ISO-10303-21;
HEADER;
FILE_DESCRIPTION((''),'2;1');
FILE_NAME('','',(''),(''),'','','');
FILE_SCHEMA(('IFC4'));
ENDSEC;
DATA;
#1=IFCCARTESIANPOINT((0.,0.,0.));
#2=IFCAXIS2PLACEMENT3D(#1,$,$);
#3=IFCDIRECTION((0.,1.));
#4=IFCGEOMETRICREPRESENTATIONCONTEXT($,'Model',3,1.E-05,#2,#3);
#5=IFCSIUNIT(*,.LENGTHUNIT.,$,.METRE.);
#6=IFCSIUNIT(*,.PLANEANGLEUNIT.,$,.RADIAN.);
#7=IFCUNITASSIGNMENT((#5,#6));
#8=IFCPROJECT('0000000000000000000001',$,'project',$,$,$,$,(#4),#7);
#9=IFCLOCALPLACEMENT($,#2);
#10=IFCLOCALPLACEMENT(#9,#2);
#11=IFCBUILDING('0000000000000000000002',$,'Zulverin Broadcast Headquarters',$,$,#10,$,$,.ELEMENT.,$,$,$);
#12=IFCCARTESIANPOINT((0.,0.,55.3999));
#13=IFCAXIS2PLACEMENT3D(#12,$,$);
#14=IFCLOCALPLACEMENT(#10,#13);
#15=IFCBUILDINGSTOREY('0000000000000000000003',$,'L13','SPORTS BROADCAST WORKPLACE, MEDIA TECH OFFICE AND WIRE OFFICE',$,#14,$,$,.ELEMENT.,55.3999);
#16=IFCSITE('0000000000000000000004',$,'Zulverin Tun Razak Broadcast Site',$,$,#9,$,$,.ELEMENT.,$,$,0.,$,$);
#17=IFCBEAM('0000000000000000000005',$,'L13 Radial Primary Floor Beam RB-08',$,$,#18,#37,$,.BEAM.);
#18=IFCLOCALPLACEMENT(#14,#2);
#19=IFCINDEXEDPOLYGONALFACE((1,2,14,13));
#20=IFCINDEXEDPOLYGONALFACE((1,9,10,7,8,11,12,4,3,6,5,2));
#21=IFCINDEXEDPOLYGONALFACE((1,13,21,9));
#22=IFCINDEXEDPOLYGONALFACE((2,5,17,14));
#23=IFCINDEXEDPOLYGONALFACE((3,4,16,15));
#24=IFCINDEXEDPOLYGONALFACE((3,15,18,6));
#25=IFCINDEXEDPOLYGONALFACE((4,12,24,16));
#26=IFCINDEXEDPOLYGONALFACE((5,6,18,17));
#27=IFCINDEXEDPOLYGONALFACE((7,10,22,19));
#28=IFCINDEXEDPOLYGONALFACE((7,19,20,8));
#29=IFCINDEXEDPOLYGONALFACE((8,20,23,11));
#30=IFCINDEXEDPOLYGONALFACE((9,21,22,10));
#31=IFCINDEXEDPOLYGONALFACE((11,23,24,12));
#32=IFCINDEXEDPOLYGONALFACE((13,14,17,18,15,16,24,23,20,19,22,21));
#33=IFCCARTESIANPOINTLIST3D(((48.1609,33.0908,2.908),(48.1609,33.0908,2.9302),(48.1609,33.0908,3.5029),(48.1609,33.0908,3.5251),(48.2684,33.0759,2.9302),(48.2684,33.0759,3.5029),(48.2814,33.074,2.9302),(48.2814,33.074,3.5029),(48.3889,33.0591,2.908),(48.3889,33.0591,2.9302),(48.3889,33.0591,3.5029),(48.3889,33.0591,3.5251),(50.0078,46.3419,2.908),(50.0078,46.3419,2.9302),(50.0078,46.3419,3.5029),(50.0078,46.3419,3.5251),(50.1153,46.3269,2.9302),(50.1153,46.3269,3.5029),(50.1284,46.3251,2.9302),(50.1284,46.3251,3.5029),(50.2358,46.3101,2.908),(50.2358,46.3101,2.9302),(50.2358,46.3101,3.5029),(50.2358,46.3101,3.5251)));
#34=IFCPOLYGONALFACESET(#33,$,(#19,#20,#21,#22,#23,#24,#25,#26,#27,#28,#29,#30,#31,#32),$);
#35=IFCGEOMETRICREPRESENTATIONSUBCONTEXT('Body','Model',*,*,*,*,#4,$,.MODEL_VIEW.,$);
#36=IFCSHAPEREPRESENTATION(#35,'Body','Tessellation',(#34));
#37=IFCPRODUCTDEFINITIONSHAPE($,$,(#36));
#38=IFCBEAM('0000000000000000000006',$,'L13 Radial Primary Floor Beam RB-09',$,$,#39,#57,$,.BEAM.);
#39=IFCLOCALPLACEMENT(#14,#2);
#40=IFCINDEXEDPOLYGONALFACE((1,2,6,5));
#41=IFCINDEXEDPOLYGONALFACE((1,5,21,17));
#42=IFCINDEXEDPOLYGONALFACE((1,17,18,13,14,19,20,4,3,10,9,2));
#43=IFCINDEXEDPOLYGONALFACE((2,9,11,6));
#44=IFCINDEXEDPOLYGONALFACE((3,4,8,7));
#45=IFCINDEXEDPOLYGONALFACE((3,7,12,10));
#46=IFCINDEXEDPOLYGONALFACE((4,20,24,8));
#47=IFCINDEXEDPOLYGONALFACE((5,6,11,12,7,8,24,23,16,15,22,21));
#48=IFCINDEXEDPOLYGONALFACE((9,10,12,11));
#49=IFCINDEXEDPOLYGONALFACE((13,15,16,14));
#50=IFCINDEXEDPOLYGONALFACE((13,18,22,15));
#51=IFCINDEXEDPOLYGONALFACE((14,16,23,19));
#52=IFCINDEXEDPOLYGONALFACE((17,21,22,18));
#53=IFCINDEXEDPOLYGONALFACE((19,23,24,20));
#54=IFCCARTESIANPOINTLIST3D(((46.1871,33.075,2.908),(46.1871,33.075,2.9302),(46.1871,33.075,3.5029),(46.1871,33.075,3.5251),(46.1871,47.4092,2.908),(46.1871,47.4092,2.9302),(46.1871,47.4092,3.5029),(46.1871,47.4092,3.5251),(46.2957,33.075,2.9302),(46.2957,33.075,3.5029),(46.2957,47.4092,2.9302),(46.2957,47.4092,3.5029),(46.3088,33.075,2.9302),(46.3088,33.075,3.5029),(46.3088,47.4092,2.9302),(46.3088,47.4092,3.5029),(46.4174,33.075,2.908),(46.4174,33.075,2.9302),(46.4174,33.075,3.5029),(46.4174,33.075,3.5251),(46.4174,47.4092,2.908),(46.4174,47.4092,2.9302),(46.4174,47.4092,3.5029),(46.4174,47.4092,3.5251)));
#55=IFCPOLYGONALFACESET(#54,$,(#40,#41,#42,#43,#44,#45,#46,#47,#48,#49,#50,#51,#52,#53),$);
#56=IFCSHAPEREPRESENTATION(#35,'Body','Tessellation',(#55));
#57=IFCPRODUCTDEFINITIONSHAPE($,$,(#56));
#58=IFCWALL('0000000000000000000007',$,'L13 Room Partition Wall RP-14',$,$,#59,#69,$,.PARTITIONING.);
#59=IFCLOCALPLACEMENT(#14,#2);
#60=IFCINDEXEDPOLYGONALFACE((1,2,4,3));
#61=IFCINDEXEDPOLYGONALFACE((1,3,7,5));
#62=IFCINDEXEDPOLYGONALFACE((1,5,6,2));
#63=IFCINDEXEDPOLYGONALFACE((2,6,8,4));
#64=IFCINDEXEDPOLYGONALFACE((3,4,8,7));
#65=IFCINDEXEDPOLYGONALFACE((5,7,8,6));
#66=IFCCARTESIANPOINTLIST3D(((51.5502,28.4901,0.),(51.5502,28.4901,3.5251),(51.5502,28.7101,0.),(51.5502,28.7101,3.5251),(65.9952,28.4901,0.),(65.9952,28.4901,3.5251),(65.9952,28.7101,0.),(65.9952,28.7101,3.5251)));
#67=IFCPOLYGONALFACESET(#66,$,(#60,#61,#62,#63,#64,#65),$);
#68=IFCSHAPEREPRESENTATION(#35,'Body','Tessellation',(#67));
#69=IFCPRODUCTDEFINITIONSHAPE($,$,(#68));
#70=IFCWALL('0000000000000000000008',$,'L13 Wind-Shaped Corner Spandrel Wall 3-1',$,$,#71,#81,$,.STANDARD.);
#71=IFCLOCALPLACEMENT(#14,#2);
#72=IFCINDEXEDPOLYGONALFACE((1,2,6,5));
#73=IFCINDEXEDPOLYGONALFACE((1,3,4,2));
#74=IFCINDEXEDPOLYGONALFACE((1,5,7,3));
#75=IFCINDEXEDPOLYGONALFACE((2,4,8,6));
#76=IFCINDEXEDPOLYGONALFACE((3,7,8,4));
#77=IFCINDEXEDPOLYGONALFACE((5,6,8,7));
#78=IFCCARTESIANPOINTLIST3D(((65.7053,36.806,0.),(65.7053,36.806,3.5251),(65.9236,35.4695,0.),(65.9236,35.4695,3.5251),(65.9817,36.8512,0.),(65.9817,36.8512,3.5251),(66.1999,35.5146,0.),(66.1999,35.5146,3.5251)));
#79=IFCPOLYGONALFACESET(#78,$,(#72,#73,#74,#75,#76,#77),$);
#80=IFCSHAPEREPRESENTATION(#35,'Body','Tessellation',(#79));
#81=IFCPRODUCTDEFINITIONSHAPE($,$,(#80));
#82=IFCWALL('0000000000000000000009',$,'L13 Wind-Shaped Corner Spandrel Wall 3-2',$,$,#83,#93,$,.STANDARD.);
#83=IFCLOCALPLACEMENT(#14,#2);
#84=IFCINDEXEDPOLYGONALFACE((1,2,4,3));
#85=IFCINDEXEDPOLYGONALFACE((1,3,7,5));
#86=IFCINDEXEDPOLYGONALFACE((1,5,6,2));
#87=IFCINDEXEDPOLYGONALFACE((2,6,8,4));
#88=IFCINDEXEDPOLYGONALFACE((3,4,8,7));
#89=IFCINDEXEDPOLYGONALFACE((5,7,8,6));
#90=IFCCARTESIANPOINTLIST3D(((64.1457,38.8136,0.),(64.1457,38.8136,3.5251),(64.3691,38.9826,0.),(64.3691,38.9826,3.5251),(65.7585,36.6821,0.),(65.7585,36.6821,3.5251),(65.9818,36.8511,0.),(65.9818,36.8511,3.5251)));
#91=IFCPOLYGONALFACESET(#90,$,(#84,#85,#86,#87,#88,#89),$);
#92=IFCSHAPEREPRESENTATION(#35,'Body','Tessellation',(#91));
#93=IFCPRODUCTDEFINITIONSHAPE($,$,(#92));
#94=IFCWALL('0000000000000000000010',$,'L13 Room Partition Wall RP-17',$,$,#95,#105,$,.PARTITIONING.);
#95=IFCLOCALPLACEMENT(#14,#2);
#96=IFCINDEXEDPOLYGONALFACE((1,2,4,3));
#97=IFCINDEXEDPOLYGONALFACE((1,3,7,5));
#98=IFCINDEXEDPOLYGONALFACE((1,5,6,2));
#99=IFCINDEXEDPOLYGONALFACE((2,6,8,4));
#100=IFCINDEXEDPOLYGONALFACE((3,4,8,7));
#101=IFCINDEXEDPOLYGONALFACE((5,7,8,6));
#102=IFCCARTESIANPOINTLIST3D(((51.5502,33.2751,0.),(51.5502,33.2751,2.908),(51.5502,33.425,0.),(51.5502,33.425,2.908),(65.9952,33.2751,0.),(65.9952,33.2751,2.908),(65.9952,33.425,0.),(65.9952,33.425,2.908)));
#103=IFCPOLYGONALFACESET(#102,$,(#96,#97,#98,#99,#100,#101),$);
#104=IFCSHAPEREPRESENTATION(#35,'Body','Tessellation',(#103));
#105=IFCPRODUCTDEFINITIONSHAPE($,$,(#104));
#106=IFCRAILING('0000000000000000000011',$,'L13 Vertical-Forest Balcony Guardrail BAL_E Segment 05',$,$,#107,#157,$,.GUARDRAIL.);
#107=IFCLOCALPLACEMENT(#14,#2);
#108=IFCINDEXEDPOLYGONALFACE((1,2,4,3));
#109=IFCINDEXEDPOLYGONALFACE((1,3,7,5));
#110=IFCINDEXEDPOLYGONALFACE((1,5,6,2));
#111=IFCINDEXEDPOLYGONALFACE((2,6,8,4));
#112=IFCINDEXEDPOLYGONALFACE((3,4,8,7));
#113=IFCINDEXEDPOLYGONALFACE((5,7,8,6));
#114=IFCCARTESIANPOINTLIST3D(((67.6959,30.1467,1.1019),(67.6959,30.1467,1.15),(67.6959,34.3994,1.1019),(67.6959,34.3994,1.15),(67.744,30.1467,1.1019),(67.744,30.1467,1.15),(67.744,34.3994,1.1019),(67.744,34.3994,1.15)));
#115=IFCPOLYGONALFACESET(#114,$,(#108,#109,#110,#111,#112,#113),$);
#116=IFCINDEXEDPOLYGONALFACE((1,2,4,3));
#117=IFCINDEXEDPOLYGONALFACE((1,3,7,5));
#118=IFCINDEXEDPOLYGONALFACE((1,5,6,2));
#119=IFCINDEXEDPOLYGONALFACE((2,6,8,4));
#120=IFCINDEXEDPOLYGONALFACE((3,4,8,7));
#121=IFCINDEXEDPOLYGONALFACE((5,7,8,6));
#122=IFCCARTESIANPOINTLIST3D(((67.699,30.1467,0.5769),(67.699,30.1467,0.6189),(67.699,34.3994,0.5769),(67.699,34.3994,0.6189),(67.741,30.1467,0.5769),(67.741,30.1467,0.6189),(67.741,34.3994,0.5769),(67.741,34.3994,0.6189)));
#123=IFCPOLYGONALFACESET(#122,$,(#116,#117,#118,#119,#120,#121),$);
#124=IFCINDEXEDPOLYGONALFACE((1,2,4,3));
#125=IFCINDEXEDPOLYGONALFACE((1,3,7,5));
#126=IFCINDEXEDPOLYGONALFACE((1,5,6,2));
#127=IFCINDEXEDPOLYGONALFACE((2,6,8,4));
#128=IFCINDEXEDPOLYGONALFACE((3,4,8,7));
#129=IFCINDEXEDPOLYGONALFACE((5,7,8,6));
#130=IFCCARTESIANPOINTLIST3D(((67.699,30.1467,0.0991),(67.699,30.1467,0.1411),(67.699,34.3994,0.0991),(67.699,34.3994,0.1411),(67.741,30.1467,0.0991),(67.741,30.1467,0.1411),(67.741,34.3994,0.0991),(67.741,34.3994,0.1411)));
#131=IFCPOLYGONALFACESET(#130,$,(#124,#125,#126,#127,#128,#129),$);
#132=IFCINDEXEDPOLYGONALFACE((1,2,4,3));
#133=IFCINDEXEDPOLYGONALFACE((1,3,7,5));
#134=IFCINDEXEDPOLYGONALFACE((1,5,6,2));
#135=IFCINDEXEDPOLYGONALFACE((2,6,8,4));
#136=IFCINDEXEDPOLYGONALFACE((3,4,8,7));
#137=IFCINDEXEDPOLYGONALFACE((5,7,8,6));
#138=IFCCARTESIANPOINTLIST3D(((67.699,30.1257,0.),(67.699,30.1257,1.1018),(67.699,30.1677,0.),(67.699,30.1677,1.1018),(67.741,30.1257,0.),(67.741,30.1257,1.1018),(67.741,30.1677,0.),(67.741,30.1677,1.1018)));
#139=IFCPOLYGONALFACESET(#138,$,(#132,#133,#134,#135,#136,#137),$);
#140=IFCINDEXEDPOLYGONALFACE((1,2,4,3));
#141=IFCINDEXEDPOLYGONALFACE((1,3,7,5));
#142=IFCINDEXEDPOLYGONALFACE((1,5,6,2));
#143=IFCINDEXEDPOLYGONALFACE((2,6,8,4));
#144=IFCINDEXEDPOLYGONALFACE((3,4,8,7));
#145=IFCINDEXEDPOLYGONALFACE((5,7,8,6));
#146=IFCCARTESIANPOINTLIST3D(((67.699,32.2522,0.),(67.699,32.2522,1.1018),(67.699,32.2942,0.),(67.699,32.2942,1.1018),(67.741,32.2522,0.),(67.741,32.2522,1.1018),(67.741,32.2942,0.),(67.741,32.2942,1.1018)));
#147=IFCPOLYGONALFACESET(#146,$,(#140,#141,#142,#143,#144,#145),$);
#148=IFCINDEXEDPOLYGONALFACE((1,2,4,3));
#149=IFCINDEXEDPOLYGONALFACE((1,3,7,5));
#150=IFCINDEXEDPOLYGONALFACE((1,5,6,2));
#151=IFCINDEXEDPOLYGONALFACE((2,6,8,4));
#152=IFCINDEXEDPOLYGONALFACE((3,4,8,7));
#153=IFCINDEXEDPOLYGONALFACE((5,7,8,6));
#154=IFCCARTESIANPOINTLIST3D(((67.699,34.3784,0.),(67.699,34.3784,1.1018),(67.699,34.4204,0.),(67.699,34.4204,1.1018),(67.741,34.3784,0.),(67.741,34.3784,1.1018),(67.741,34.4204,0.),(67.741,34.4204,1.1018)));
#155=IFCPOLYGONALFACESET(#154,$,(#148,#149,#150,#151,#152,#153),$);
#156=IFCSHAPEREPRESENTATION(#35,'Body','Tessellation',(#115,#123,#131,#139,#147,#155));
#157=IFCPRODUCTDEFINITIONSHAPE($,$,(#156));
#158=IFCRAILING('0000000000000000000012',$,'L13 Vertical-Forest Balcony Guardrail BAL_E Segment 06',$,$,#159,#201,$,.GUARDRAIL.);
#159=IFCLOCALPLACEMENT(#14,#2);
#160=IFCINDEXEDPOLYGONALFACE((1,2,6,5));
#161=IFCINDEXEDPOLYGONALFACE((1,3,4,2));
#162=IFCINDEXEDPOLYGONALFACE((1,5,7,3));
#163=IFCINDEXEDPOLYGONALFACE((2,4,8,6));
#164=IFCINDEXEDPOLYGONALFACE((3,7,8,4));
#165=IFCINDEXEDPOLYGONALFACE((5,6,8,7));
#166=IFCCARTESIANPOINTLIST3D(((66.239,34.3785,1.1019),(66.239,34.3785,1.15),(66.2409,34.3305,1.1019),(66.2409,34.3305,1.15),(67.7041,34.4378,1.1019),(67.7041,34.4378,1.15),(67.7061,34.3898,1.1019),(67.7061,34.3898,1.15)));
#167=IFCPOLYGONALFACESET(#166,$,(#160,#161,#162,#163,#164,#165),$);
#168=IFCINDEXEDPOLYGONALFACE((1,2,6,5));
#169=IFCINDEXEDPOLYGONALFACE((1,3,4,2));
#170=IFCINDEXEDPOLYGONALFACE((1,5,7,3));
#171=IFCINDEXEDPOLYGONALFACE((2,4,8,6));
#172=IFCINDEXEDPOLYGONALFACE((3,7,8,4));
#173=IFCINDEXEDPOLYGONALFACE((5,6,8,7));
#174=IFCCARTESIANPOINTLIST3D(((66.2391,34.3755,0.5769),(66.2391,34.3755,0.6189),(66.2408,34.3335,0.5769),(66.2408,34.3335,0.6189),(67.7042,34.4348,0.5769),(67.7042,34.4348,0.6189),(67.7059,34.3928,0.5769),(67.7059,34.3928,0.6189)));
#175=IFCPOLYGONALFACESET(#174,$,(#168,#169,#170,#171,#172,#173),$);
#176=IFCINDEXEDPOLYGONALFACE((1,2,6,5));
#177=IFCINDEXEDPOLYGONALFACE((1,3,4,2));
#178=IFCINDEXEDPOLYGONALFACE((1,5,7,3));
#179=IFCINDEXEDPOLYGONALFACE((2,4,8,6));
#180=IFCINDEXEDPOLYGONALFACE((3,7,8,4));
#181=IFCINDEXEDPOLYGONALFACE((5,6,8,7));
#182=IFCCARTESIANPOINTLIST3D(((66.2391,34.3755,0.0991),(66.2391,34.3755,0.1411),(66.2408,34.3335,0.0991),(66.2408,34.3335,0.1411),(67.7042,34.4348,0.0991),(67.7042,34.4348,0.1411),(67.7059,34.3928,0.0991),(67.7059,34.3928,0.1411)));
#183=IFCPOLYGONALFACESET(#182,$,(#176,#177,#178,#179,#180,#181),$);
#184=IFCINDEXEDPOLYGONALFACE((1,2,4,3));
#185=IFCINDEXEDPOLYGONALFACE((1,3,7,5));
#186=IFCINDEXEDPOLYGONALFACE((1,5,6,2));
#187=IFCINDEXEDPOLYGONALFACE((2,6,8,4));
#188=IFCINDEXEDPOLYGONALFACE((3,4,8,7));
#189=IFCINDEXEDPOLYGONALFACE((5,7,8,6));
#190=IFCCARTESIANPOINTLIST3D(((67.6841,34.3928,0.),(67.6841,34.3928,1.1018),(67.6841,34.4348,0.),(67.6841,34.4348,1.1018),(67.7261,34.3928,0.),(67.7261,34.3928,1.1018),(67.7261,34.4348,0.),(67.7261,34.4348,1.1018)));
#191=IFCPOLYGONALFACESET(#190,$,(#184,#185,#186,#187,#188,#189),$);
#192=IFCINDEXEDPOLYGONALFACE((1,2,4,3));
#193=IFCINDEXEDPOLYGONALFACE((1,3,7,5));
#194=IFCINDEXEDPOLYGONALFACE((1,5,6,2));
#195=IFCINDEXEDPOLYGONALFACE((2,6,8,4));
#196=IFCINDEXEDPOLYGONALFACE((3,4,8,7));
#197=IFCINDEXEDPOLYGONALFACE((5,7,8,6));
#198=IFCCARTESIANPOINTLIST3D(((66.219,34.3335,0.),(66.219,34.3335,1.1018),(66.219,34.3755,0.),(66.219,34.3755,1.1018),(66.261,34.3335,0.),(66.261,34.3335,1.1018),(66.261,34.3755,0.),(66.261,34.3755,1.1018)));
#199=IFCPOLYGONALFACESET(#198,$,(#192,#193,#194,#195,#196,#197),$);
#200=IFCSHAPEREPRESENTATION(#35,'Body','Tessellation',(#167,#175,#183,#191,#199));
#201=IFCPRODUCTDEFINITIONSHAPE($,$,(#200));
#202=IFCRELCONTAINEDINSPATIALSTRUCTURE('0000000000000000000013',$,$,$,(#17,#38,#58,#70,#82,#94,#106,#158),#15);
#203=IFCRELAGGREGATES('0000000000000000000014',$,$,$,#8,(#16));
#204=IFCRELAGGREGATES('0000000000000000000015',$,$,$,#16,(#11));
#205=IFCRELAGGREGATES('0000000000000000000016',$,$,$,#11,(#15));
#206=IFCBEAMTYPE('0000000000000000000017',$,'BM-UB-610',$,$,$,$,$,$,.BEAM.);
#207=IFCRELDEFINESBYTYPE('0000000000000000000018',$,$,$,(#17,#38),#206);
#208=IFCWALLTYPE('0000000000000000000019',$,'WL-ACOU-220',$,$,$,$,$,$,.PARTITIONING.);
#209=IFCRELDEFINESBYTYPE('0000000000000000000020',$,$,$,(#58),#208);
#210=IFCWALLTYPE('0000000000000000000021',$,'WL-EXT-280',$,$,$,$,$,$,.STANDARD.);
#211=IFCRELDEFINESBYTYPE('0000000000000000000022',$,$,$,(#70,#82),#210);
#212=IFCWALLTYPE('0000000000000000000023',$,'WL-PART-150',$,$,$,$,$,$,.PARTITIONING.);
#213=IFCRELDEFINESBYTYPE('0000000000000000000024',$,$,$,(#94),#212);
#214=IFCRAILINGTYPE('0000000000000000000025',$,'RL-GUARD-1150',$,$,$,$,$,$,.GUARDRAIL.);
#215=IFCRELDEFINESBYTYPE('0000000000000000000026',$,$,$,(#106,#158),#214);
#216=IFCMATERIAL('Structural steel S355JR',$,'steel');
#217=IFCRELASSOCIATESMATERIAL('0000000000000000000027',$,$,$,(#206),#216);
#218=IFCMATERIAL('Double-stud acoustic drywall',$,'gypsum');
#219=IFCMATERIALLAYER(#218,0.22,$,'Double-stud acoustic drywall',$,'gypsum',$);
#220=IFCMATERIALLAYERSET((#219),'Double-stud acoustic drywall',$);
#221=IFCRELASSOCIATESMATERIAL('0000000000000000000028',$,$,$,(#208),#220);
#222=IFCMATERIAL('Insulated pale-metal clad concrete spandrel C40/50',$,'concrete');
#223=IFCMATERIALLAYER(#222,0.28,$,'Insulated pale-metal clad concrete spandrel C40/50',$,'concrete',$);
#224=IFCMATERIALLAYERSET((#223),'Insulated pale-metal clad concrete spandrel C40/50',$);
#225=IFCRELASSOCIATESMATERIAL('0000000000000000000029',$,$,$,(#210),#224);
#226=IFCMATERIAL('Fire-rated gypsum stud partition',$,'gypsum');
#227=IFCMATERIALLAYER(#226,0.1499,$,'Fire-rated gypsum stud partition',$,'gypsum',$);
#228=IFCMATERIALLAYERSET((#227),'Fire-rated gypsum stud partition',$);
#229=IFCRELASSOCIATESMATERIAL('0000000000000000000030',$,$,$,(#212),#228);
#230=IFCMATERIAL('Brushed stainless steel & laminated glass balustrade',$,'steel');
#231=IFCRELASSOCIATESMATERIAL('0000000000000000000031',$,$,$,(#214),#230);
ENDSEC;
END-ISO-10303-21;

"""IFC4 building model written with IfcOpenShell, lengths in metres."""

from ifc_helpers import new_model, si_unit, direction, frame, frame_2d, origin, origin_2d, place, context, subcontext, project, spatial, rectangle, i_section, extrude, material, layer, layer_set, material_profile, profile_set, type_object, element, save


model = new_model("IFC4")

# Units and contexts
model_context = context("Model", 3, precision=1e-05, world=origin(), true_north=direction((0.0, 1.0)))
body_context = subcontext(model_context, "Body", "Model", "MODEL_VIEW")
ifc_project = project(units=[si_unit("LENGTHUNIT", "METRE"), si_unit("PLANEANGLEUNIT", "RADIAN")], contexts=[model_context])

# Site, building, storey
site_placement = place(None, origin())
site = spatial("IfcSite", under=ifc_project, at=site_placement, Name="Zulverin Tun Razak Broadcast Site", CompositionType="ELEMENT", RefElevation=0.0)
building_placement = place(site_placement, origin())
building = spatial("IfcBuilding", under=site, at=building_placement, Name="Zulverin Broadcast Headquarters", CompositionType="ELEMENT")
storey_placement = place(building_placement, frame((0.0, 0.0, 55.3999)))
storey = spatial("IfcBuildingStorey", under=building, at=storey_placement, Name="L13", Description="SPORTS BROADCAST WORKPLACE, MEDIA TECH OFFICE AND WIRE OFFICE", CompositionType="ELEMENT", Elevation=55.3999)

# Beams
ifc_material_1 = material(Name="Structural steel S355JR", Category="steel")
ifc_material_profile_1 = material_profile(ifc_material_1, i_section(OverallWidth=0.2302, OverallDepth=0.6172, WebThickness=0.0132, FlangeThickness=0.0222, at=origin_2d()), Name="Structural steel S355JR", Category="steel")
ifc_profile_set_1 = profile_set([ifc_material_profile_1], Name="Structural steel S355JR")
beam_type_1 = type_object("IfcBeamType", Name="BM-UB-610", PredefinedType="BEAM", material=ifc_profile_set_1)
beam_1_placement = place(storey_placement, frame((48.2749, 33.075, 3.2166), z_axis=(0.138046, 0.990426, 0.0), x_axis=(-0.990426, 0.138046, 0.0)))
element("IfcBeam", 1, at=beam_1_placement, inside=storey, type_object=beam_type_1, Name="L13 Radial Primary Floor Beam RB-08", PredefinedType="BEAM", context=body_context, shape_type="SweptSolid", body=[
    extrude(i_section(OverallWidth=0.2302, OverallDepth=0.6172, WebThickness=0.0132, FlangeThickness=0.0222, at=origin_2d()), origin(), (0.0, 0.0, 1.0), 13.3792),
])
beam_2_placement = place(storey_placement, frame((46.3022, 33.075, 3.2166), z_axis=(0.0, 1.0, 0.0), x_axis=(-1.0, 0.0, 0.0)))
element("IfcBeam", 2, at=beam_2_placement, inside=storey, type_object=beam_type_1, Name="L13 Radial Primary Floor Beam RB-09", PredefinedType="BEAM", context=body_context, shape_type="SweptSolid", body=[
    extrude(i_section(OverallWidth=0.2302, OverallDepth=0.6172, WebThickness=0.0132, FlangeThickness=0.0222, at=origin_2d()), origin(), (0.0, 0.0, 1.0), 14.3342),
])

# Walls
ifc_material_2 = material(Name="Double-stud acoustic drywall", Category="gypsum")
ifc_layer_1 = layer(ifc_material_2, 0.22, Name="Double-stud acoustic drywall", Category="gypsum")
ifc_layer_set_1 = layer_set([ifc_layer_1], Name="Double-stud acoustic drywall")
wall_type_1 = type_object("IfcWallType", Name="WL-ACOU-220", PredefinedType="PARTITIONING", material=ifc_layer_set_1)
wall_1_placement = place(storey_placement, frame((51.55, 28.6001, 0.0), z_axis=(0.0, 0.0, 1.0), x_axis=(1.0, 0.0, 0.0)))
element("IfcWall", 3, at=wall_1_placement, inside=storey, type_object=wall_type_1, Name="L13 Room Partition Wall RP-14", PredefinedType="PARTITIONING", context=body_context, shape_type="SweptSolid", body=[
    extrude(rectangle(XDim=14.4451, YDim=0.22, at=frame_2d((7.2227, 0.0))), origin(), (0.0, 0.0, 1.0), 3.5251),
])
ifc_material_3 = material(Name="Insulated pale-metal clad concrete spandrel C40/50", Category="concrete")
ifc_layer_2 = layer(ifc_material_3, 0.28, Name="Insulated pale-metal clad concrete spandrel C40/50", Category="concrete")
ifc_layer_set_2 = layer_set([ifc_layer_2], Name="Insulated pale-metal clad concrete spandrel C40/50")
wall_type_2 = type_object("IfcWallType", Name="WL-EXT-280", PredefinedType="STANDARD", material=ifc_layer_set_2)
wall_2_placement = place(storey_placement, frame((66.0618, 35.4919, 0.0), z_axis=(0.0, 0.0, 1.0), x_axis=(-0.161182, 0.986925, 0.0)))
element("IfcWall", 4, at=wall_2_placement, inside=storey, type_object=wall_type_2, Name="L13 Wind-Shaped Corner Spandrel Wall 3-1", PredefinedType="STANDARD", context=body_context, shape_type="SweptSolid", body=[
    extrude(rectangle(XDim=1.3542, YDim=0.28, at=frame_2d((0.6772, 0.0))), origin(), (0.0, 0.0, 1.0), 3.5251),
])
wall_3_placement = place(storey_placement, frame((65.8701, 36.7666, 0.0), z_axis=(0.0, 0.0, 1.0), x_axis=(-0.60337, 0.797461, 0.0)))
element("IfcWall", 5, at=wall_3_placement, inside=storey, type_object=wall_type_2, Name="L13 Wind-Shaped Corner Spandrel Wall 3-2", PredefinedType="STANDARD", context=body_context, shape_type="SweptSolid", body=[
    extrude(rectangle(XDim=2.6729, YDim=0.28, at=frame_2d((1.3364, 0.0))), origin(), (0.0, 0.0, 1.0), 3.5251),
])
ifc_material_4 = material(Name="Fire-rated gypsum stud partition", Category="gypsum")
ifc_layer_3 = layer(ifc_material_4, 0.1499, Name="Fire-rated gypsum stud partition", Category="gypsum")
ifc_layer_set_3 = layer_set([ifc_layer_3], Name="Fire-rated gypsum stud partition")
wall_type_3 = type_object("IfcWallType", Name="WL-PART-150", PredefinedType="PARTITIONING", material=ifc_layer_set_3)
wall_4_placement = place(storey_placement, frame((51.55, 33.3501, 0.0), z_axis=(0.0, 0.0, 1.0), x_axis=(1.0, 0.0, 0.0)))
element("IfcWall", 6, at=wall_4_placement, inside=storey, type_object=wall_type_3, Name="L13 Room Partition Wall RP-17", PredefinedType="PARTITIONING", context=body_context, shape_type="SweptSolid", body=[
    extrude(rectangle(XDim=14.4451, YDim=0.1499, at=frame_2d((7.2227, 0.0))), origin(), (0.0, 0.0, 1.0), 2.908),
])

# Railings
ifc_material_5 = material(Name="Brushed stainless steel & laminated glass balustrade", Category="steel")
railing_type = type_object("IfcRailingType", Name="RL-GUARD-1150", PredefinedType="GUARDRAIL", material=ifc_material_5)
railing_1_placement = place(storey_placement, frame((67.72, 30.1467, 0.0)))
element("IfcRailing", 7, at=railing_1_placement, inside=storey, type_object=railing_type, Name="L13 Vertical-Forest Balcony Guardrail BAL_E Segment 05", PredefinedType="GUARDRAIL", context=body_context, shape_type="SweptSolid", body=[
    extrude(rectangle(XDim=0.0481, YDim=0.0481, at=origin_2d()), frame((0.0, 0.0, 1.126), z_axis=(0.0, 1.0, 0.0), x_axis=(-1.0, 0.0, 0.0)), (0.0, 0.0, 1.0), 4.2527),
    extrude(rectangle(XDim=0.042, YDim=0.042, at=origin_2d()), frame((0.0, 0.0, 0.5979), z_axis=(0.0, 1.0, 0.0), x_axis=(-1.0, 0.0, 0.0)), (0.0, 0.0, 1.0), 4.2527),
    extrude(rectangle(XDim=0.042, YDim=0.042, at=origin_2d()), frame((0.0, 0.0, 0.1201), z_axis=(0.0, 1.0, 0.0), x_axis=(-1.0, 0.0, 0.0)), (0.0, 0.0, 1.0), 4.2527),
    extrude(rectangle(XDim=0.042, YDim=0.042, at=origin_2d()), origin(), (0.0, 0.0, 1.0), 1.1018),
    extrude(rectangle(XDim=0.042, YDim=0.042, at=origin_2d()), frame((0.0, 2.1265, 0.0)), (0.0, 0.0, 1.0), 1.1018),
    extrude(rectangle(XDim=0.042, YDim=0.042, at=origin_2d()), frame((0.0, 4.2527, 0.0)), (0.0, 0.0, 1.0), 1.1018),
])
railing_2_placement = place(storey_placement, frame((67.7051, 34.4138, 0.0)))
element("IfcRailing", 8, at=railing_2_placement, inside=storey, type_object=railing_type, Name="L13 Vertical-Forest Balcony Guardrail BAL_E Segment 06", PredefinedType="GUARDRAIL", context=body_context, shape_type="SweptSolid", body=[
    extrude(rectangle(XDim=0.0481, YDim=0.0481, at=origin_2d()), frame((0.0, 0.0, 1.126), z_axis=(-0.999181, -0.04046, 0.0), x_axis=(0.04046, -0.999181, 0.0)), (0.0, 0.0, 1.0), 1.4663),
    extrude(rectangle(XDim=0.042, YDim=0.042, at=origin_2d()), frame((0.0, 0.0, 0.5979), z_axis=(-0.999181, -0.04046, 0.0), x_axis=(0.04046, -0.999181, 0.0)), (0.0, 0.0, 1.0), 1.4663),
    extrude(rectangle(XDim=0.042, YDim=0.042, at=origin_2d()), frame((0.0, 0.0, 0.1201), z_axis=(-0.999181, -0.04046, 0.0), x_axis=(0.04046, -0.999181, 0.0)), (0.0, 0.0, 1.0), 1.4663),
    extrude(rectangle(XDim=0.042, YDim=0.042, at=origin_2d()), origin(), (0.0, 0.0, 1.0), 1.1018),
    extrude(rectangle(XDim=0.042, YDim=0.042, at=origin_2d()), frame((-1.4651, -0.0593, 0.0)), (0.0, 0.0, 1.0), 1.1018),
])

save(model, "model.ifc")
